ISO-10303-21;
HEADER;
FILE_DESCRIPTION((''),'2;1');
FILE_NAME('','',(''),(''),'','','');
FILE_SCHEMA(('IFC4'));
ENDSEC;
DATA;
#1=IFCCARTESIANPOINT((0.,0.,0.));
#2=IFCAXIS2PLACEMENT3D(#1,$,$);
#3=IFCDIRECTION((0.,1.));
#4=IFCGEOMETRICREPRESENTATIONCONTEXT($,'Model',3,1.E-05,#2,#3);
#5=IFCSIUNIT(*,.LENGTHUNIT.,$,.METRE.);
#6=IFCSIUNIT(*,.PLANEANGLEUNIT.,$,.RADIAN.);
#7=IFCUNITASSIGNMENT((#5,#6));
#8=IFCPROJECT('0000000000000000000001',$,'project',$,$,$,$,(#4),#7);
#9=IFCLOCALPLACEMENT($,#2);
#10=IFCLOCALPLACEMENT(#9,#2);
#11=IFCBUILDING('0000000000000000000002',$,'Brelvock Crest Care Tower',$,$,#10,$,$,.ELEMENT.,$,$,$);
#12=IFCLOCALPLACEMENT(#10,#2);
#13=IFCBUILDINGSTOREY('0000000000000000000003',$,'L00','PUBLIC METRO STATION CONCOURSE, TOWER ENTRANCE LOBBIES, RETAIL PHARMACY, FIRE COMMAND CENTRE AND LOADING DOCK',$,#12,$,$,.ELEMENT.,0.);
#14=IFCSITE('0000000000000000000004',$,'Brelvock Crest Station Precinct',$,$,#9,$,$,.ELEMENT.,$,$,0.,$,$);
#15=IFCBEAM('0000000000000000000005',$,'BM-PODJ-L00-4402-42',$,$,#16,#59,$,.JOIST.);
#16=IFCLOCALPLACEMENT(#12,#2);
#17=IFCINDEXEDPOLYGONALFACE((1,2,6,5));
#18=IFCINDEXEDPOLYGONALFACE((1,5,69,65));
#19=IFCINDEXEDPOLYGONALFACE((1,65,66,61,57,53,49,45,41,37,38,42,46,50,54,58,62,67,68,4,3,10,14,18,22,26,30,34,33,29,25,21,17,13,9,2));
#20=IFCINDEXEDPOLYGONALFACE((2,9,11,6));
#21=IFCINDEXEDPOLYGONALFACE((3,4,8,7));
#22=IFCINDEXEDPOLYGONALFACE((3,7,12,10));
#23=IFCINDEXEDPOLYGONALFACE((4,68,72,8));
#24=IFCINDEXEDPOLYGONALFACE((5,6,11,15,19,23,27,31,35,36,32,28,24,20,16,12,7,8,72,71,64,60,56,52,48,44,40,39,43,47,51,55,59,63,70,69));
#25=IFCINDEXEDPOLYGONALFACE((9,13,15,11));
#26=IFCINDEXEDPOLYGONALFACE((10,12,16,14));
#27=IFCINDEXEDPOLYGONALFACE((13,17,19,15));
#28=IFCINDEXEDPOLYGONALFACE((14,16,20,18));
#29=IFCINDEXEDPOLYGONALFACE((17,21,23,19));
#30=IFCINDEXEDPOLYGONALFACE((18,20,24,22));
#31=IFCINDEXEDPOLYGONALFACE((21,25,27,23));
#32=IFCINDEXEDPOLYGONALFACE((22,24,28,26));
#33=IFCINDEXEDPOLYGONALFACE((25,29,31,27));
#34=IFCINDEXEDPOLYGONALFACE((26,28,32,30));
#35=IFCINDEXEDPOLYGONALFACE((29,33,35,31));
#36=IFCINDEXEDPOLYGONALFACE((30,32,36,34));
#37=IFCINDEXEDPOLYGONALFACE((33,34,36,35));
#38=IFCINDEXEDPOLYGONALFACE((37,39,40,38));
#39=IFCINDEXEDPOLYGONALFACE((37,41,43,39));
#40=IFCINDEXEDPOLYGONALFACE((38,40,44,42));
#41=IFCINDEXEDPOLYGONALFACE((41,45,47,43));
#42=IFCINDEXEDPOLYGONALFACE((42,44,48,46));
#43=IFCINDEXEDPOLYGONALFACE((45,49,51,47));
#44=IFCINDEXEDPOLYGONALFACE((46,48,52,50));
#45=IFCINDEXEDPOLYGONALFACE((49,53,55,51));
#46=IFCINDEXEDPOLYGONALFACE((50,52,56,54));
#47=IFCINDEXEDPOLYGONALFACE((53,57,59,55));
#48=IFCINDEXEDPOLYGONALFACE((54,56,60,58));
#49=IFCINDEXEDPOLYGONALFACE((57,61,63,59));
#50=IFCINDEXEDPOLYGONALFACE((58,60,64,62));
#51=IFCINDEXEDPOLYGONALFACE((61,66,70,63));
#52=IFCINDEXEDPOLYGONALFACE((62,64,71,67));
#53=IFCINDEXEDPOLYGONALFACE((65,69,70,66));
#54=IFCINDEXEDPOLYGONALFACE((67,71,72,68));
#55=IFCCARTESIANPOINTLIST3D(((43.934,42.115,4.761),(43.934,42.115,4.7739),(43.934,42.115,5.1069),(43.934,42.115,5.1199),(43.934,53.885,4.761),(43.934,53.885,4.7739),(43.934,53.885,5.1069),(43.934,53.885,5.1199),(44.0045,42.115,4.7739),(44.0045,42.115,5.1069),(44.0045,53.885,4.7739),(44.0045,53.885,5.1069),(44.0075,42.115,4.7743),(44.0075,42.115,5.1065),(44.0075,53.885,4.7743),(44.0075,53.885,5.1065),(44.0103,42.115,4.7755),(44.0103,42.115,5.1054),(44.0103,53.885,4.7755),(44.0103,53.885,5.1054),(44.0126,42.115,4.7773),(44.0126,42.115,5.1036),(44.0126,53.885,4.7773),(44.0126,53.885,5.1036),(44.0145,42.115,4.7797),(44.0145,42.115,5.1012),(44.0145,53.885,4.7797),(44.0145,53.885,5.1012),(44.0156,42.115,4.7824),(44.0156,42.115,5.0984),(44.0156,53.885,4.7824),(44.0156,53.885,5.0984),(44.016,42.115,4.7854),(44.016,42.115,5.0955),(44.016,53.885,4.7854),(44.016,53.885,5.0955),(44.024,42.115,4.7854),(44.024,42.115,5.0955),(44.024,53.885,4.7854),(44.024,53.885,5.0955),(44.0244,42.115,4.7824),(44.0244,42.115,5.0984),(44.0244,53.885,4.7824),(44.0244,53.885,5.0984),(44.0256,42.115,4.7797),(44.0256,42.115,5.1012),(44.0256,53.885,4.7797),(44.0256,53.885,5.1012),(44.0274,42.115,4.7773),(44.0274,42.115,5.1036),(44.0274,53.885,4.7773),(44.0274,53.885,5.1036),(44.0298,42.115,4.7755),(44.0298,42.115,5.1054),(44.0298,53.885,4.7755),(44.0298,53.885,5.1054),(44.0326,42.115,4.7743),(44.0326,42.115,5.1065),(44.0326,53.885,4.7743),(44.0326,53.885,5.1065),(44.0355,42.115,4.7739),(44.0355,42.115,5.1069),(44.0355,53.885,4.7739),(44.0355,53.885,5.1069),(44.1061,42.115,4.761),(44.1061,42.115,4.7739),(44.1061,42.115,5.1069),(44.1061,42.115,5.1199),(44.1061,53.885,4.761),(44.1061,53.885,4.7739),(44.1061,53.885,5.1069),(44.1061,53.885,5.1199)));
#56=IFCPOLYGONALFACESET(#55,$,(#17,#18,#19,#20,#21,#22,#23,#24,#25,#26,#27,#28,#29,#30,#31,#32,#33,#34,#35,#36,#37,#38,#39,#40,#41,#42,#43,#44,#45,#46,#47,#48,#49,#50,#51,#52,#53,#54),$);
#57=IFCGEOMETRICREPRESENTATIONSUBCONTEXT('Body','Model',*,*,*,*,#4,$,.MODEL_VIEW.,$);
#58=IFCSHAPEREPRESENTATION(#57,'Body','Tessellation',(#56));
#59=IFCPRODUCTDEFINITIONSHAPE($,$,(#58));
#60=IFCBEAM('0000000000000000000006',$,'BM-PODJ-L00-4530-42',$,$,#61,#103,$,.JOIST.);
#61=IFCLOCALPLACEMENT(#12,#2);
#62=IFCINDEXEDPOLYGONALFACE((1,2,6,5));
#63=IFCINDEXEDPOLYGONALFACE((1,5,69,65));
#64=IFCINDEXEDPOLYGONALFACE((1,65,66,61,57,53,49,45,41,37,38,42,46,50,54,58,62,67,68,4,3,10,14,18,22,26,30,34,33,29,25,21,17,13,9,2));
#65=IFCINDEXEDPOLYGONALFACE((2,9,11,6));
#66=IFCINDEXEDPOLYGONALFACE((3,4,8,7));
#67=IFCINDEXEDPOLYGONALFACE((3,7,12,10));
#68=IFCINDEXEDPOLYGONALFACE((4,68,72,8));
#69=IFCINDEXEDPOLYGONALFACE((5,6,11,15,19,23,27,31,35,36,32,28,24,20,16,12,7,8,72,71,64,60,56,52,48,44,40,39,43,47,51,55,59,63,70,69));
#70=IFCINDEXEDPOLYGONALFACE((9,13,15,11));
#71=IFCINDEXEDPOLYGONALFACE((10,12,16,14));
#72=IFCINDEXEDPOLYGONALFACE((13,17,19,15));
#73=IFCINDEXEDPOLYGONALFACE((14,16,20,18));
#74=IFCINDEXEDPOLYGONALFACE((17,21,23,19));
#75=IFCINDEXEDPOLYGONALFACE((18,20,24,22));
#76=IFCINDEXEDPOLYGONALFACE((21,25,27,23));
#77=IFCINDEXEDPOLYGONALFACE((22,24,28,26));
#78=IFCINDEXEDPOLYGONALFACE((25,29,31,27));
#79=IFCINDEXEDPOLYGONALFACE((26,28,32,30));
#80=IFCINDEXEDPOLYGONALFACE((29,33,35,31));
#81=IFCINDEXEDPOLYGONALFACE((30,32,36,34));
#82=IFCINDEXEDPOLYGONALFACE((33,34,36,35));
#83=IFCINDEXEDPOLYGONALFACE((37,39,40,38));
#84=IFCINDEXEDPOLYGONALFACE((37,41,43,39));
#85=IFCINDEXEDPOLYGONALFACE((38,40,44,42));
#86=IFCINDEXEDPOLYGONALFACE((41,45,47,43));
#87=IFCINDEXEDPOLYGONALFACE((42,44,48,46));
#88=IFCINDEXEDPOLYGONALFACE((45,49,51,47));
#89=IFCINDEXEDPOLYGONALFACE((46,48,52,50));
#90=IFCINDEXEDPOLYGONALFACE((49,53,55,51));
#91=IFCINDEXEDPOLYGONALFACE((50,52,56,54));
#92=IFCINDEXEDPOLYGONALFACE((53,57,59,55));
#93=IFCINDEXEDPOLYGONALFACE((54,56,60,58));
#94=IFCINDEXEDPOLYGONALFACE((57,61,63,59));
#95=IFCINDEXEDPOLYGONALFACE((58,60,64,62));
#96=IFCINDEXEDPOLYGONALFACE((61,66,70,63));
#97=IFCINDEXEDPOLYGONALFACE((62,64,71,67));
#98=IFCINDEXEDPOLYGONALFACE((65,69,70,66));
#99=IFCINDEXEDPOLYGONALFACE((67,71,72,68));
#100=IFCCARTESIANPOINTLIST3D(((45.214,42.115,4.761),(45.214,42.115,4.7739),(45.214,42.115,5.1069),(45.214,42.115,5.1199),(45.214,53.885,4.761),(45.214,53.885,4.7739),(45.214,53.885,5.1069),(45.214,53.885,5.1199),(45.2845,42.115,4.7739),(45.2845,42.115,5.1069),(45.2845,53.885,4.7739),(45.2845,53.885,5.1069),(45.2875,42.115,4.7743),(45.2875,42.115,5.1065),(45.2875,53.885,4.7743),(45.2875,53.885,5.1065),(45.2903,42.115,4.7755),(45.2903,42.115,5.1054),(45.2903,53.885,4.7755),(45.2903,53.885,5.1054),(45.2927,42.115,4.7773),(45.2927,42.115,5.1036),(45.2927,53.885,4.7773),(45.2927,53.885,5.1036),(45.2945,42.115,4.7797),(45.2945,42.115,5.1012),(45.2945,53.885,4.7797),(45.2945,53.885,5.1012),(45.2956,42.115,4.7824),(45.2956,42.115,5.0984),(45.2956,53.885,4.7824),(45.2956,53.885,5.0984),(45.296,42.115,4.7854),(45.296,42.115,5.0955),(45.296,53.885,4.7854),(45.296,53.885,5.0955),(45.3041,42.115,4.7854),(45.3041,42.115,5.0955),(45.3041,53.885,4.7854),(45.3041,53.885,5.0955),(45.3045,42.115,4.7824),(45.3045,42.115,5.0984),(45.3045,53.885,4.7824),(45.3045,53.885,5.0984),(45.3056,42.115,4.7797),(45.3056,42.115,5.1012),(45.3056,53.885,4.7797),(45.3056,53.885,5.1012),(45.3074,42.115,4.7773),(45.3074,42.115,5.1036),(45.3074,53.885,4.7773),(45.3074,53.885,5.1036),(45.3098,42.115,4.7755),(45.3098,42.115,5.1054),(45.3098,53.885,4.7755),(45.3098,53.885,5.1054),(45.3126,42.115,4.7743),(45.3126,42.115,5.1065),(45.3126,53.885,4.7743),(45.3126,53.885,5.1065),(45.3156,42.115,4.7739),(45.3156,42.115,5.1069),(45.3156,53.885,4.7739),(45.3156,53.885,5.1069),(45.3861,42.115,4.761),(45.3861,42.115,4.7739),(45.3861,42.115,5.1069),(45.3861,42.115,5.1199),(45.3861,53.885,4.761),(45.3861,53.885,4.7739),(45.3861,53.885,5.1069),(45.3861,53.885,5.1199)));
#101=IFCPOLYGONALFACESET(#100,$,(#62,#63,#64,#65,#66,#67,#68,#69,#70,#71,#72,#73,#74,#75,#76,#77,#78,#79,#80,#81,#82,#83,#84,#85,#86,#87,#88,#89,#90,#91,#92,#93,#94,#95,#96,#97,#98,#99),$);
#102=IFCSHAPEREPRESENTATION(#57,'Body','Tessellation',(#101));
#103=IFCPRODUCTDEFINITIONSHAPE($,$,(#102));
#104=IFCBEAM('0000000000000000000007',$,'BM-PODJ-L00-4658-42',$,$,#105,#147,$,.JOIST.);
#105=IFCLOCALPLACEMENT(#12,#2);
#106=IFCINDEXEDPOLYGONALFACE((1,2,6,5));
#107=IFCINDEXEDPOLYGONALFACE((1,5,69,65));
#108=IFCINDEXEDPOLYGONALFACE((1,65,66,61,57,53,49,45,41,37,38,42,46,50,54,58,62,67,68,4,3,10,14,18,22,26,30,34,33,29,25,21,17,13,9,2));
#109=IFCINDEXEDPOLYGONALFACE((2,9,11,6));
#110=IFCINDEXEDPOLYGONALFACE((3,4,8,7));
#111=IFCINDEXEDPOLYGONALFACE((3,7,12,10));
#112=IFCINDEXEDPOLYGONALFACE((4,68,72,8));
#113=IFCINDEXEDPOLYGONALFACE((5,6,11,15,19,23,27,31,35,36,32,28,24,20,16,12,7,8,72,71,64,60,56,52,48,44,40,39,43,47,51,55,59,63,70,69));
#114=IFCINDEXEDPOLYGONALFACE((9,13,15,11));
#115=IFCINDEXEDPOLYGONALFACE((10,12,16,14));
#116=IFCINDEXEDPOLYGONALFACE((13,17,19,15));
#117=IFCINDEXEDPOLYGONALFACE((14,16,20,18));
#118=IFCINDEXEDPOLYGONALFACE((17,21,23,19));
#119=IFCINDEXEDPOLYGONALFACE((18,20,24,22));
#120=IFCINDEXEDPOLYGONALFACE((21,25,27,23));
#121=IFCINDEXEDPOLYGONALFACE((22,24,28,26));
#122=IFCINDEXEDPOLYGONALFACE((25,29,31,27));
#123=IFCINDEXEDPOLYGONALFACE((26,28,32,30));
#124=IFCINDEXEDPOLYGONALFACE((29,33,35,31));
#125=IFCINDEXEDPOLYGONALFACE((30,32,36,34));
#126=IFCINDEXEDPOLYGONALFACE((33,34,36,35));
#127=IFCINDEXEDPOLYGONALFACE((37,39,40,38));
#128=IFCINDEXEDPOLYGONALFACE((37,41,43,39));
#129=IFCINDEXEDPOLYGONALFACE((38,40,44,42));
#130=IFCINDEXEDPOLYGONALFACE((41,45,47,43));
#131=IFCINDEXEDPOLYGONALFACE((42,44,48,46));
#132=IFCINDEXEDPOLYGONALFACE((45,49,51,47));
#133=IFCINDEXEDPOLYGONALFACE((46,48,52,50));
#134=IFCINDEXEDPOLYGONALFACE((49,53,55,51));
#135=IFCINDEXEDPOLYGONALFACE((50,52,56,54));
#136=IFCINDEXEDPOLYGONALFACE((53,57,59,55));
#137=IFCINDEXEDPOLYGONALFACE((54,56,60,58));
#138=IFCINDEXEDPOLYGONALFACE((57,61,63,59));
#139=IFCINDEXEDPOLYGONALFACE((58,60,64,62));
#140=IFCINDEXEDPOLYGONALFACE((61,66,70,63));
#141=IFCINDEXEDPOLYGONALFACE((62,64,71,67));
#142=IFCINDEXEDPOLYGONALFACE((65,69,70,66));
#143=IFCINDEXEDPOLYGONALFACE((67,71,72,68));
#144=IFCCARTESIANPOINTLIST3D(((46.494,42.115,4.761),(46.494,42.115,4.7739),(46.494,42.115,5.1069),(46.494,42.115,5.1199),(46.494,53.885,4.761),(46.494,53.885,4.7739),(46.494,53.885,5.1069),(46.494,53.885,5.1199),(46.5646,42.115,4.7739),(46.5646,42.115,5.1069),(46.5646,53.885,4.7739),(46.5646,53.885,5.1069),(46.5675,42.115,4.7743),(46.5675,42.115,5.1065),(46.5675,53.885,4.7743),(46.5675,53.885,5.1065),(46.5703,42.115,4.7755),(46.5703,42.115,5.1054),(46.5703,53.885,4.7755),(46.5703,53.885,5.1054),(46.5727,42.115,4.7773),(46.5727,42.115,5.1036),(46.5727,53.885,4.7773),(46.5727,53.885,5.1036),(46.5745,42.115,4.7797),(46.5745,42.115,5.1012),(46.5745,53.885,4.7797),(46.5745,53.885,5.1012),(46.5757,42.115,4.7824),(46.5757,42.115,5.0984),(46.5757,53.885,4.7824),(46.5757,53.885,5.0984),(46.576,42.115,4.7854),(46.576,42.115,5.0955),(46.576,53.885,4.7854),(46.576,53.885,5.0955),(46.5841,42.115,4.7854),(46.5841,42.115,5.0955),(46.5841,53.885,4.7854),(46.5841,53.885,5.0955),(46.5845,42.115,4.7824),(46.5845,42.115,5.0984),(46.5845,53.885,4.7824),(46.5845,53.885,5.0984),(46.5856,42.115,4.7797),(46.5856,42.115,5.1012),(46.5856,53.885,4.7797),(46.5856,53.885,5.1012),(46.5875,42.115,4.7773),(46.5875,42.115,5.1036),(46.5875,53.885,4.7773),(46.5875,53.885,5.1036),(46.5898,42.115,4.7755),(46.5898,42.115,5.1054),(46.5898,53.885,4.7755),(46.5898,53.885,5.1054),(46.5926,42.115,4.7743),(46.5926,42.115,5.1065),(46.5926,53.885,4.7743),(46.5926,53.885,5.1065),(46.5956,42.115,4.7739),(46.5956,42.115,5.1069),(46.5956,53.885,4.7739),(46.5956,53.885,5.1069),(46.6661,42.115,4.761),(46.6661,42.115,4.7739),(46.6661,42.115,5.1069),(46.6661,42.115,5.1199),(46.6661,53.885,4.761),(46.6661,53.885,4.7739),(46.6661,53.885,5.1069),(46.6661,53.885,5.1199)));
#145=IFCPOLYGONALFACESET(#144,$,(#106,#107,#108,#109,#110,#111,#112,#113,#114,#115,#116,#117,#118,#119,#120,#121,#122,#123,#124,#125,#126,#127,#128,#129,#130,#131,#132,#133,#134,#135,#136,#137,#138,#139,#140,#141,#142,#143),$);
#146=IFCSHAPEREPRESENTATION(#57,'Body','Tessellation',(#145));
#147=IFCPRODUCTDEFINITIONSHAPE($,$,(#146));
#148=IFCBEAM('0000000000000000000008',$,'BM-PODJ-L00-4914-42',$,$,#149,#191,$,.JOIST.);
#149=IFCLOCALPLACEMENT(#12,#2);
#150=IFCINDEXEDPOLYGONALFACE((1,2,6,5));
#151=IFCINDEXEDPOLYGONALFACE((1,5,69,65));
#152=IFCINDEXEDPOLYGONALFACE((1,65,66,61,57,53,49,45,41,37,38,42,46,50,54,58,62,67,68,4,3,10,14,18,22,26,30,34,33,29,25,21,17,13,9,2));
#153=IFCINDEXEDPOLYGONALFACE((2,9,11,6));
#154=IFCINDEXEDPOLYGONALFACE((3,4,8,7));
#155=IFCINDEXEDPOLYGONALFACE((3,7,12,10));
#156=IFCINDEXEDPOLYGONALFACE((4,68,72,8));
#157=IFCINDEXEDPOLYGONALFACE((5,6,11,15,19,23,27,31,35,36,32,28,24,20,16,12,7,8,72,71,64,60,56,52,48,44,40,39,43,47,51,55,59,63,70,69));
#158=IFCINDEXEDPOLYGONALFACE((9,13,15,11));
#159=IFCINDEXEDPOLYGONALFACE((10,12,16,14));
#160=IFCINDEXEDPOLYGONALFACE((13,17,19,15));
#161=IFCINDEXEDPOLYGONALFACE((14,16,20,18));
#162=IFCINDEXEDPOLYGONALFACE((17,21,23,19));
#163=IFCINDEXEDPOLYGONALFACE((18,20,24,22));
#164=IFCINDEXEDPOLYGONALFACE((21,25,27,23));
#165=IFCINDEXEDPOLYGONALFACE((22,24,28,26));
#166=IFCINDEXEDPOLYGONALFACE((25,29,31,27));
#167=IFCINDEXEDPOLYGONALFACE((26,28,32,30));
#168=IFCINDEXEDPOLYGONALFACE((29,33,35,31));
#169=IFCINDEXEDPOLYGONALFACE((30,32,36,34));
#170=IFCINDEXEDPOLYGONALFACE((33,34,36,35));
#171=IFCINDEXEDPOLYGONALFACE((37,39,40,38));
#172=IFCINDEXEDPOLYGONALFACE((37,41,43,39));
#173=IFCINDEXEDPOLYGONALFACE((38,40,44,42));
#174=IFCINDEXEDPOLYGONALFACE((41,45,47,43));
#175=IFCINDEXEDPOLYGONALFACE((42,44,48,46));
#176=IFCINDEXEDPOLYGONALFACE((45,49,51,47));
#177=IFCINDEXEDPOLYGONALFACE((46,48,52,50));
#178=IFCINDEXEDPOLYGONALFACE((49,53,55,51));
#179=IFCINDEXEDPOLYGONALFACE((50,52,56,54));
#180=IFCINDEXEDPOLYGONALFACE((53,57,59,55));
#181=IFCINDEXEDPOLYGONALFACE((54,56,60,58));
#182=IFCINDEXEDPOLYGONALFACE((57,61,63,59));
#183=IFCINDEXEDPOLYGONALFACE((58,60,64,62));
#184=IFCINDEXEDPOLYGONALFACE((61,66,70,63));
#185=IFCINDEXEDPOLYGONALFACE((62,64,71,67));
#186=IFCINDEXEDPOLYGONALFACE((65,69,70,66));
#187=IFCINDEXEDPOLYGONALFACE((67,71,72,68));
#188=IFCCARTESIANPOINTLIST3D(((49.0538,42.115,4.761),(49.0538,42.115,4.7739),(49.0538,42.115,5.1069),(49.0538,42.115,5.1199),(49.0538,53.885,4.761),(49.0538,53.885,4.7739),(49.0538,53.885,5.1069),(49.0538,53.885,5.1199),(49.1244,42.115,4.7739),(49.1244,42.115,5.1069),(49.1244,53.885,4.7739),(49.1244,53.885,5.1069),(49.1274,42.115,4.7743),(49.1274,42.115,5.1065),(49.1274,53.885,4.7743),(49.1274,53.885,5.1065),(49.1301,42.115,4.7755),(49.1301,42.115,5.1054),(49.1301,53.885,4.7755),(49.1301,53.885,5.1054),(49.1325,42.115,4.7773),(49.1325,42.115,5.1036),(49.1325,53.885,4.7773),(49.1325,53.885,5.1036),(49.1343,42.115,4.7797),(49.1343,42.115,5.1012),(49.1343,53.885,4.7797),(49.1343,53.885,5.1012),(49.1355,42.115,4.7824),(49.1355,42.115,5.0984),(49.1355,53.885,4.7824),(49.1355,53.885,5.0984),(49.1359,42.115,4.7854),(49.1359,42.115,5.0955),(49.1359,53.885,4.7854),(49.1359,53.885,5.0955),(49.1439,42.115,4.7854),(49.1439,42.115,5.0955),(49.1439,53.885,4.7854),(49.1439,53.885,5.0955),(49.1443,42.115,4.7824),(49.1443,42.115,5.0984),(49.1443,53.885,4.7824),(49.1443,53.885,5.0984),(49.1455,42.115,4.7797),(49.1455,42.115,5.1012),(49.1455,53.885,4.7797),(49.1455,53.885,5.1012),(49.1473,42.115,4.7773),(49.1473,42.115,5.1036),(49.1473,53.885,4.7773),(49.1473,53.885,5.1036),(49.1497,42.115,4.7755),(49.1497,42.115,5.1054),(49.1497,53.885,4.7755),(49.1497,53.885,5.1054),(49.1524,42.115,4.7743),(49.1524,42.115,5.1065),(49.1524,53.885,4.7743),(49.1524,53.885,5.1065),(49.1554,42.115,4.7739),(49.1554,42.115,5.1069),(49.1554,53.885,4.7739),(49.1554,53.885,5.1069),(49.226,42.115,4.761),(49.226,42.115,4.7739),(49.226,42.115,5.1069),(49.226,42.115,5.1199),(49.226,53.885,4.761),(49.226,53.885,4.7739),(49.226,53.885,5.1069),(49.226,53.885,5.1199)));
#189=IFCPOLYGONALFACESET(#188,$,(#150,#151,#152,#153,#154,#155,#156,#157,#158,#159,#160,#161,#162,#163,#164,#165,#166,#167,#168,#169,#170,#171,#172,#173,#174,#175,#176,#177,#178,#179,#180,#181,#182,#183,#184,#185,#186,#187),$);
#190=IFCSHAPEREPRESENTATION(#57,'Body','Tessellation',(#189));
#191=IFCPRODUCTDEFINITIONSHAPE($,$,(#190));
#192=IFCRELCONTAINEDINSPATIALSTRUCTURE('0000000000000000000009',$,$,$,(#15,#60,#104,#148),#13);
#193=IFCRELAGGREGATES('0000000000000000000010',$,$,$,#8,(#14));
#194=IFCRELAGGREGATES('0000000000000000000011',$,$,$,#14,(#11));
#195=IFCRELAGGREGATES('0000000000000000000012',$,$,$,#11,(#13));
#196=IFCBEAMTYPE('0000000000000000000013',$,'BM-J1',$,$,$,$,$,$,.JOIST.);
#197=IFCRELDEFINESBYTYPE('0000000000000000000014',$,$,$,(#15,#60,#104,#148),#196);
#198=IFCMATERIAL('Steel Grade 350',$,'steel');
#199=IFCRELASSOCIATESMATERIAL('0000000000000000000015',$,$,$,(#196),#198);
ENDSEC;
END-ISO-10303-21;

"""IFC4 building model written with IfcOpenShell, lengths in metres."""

from ifc_helpers import new_model, si_unit, direction, frame, origin, origin_2d, place, context, subcontext, project, spatial, i_section, extrude, source, transform, mapped, material, material_profile, profile_set, type_object, element, save


model = new_model("IFC4")

# Units and contexts
model_context = context("Model", 3, precision=1e-05, world=origin(), true_north=direction((0.0, 1.0)))
body_context = subcontext(model_context, "Body", "Model", "MODEL_VIEW")
ifc_project = project(units=[si_unit("LENGTHUNIT", "METRE"), si_unit("PLANEANGLEUNIT", "RADIAN")], contexts=[model_context])

# Site, building, storey
site_placement = place(None, origin())
site = spatial("IfcSite", under=ifc_project, at=site_placement, Name="Brelvock Crest Station Precinct", CompositionType="ELEMENT", RefElevation=0.0)
building_placement = place(site_placement, origin())
building = spatial("IfcBuilding", under=site, at=building_placement, Name="Brelvock Crest Care Tower", CompositionType="ELEMENT")
storey_placement = place(building_placement, origin())
storey = spatial("IfcBuildingStorey", under=building, at=storey_placement, Name="L00", Description="PUBLIC METRO STATION CONCOURSE, TOWER ENTRANCE LOBBIES, RETAIL PHARMACY, FIRE COMMAND CENTRE AND LOADING DOCK", CompositionType="ELEMENT", Elevation=0.0)

# Shared definitions
ifc_material_1 = material(Name="Steel Grade 350", Category="steel")

# Beams
ifc_material_profile_1 = material_profile(ifc_material_1, i_section(OverallWidth=0.1721, OverallDepth=0.3589, WebThickness=0.0081, FlangeThickness=0.0129, FilletRadius=0.0115, at=origin_2d()), Name="360UB56.7")
ifc_profile_set_1 = profile_set([ifc_material_profile_1], Name="Steel Grade 350")
beam_type_1 = type_object("IfcBeamType", Name="BM-J1", PredefinedType="JOIST", material=ifc_profile_set_1)
shared_shape_1 = source(origin(), body_context, "Body", "SweptSolid", [
    extrude(i_section(OverallWidth=0.1721, OverallDepth=0.3589, WebThickness=0.0081, FlangeThickness=0.0129, FilletRadius=0.0115, at=origin_2d()), origin(), (0.0, 0.0, 1.0), 11.77),
])
for number, where, z_axis, x_axis, name in (
    (1, (44.02, 42.115, 4.9404), (0.0, 1.0, 0.0), (-1.0, 0.0, 0.0), "BM-PODJ-L00-4402-42"),
    (2, (45.3, 42.115, 4.9404), (0.0, 1.0, 0.0), (-1.0, 0.0, 0.0), "BM-PODJ-L00-4530-42"),
    (3, (46.5801, 42.115, 4.9404), (0.0, 1.0, 0.0), (-1.0, 0.0, 0.0), "BM-PODJ-L00-4658-42"),
    (4, (49.1399, 42.115, 4.9404), (0.0, 1.0, 0.0), (-1.0, 0.0, 0.0), "BM-PODJ-L00-4914-42"),
):
    element("IfcBeam", number, at=place(storey_placement, frame(where, z_axis=z_axis, x_axis=x_axis)), inside=storey, type_object=beam_type_1, Name=name, PredefinedType="JOIST", context=body_context, shape_type="MappedRepresentation", body=[
        mapped(shared_shape_1, transform((0.0, 0.0, 0.0), x_axis=(1.0, 0.0, 0.0), y_axis=(0.0, 1.0, 0.0), z_axis=(0.0, 0.0, 1.0), scale=1.0)),
    ])

save(model, "model.ifc")
